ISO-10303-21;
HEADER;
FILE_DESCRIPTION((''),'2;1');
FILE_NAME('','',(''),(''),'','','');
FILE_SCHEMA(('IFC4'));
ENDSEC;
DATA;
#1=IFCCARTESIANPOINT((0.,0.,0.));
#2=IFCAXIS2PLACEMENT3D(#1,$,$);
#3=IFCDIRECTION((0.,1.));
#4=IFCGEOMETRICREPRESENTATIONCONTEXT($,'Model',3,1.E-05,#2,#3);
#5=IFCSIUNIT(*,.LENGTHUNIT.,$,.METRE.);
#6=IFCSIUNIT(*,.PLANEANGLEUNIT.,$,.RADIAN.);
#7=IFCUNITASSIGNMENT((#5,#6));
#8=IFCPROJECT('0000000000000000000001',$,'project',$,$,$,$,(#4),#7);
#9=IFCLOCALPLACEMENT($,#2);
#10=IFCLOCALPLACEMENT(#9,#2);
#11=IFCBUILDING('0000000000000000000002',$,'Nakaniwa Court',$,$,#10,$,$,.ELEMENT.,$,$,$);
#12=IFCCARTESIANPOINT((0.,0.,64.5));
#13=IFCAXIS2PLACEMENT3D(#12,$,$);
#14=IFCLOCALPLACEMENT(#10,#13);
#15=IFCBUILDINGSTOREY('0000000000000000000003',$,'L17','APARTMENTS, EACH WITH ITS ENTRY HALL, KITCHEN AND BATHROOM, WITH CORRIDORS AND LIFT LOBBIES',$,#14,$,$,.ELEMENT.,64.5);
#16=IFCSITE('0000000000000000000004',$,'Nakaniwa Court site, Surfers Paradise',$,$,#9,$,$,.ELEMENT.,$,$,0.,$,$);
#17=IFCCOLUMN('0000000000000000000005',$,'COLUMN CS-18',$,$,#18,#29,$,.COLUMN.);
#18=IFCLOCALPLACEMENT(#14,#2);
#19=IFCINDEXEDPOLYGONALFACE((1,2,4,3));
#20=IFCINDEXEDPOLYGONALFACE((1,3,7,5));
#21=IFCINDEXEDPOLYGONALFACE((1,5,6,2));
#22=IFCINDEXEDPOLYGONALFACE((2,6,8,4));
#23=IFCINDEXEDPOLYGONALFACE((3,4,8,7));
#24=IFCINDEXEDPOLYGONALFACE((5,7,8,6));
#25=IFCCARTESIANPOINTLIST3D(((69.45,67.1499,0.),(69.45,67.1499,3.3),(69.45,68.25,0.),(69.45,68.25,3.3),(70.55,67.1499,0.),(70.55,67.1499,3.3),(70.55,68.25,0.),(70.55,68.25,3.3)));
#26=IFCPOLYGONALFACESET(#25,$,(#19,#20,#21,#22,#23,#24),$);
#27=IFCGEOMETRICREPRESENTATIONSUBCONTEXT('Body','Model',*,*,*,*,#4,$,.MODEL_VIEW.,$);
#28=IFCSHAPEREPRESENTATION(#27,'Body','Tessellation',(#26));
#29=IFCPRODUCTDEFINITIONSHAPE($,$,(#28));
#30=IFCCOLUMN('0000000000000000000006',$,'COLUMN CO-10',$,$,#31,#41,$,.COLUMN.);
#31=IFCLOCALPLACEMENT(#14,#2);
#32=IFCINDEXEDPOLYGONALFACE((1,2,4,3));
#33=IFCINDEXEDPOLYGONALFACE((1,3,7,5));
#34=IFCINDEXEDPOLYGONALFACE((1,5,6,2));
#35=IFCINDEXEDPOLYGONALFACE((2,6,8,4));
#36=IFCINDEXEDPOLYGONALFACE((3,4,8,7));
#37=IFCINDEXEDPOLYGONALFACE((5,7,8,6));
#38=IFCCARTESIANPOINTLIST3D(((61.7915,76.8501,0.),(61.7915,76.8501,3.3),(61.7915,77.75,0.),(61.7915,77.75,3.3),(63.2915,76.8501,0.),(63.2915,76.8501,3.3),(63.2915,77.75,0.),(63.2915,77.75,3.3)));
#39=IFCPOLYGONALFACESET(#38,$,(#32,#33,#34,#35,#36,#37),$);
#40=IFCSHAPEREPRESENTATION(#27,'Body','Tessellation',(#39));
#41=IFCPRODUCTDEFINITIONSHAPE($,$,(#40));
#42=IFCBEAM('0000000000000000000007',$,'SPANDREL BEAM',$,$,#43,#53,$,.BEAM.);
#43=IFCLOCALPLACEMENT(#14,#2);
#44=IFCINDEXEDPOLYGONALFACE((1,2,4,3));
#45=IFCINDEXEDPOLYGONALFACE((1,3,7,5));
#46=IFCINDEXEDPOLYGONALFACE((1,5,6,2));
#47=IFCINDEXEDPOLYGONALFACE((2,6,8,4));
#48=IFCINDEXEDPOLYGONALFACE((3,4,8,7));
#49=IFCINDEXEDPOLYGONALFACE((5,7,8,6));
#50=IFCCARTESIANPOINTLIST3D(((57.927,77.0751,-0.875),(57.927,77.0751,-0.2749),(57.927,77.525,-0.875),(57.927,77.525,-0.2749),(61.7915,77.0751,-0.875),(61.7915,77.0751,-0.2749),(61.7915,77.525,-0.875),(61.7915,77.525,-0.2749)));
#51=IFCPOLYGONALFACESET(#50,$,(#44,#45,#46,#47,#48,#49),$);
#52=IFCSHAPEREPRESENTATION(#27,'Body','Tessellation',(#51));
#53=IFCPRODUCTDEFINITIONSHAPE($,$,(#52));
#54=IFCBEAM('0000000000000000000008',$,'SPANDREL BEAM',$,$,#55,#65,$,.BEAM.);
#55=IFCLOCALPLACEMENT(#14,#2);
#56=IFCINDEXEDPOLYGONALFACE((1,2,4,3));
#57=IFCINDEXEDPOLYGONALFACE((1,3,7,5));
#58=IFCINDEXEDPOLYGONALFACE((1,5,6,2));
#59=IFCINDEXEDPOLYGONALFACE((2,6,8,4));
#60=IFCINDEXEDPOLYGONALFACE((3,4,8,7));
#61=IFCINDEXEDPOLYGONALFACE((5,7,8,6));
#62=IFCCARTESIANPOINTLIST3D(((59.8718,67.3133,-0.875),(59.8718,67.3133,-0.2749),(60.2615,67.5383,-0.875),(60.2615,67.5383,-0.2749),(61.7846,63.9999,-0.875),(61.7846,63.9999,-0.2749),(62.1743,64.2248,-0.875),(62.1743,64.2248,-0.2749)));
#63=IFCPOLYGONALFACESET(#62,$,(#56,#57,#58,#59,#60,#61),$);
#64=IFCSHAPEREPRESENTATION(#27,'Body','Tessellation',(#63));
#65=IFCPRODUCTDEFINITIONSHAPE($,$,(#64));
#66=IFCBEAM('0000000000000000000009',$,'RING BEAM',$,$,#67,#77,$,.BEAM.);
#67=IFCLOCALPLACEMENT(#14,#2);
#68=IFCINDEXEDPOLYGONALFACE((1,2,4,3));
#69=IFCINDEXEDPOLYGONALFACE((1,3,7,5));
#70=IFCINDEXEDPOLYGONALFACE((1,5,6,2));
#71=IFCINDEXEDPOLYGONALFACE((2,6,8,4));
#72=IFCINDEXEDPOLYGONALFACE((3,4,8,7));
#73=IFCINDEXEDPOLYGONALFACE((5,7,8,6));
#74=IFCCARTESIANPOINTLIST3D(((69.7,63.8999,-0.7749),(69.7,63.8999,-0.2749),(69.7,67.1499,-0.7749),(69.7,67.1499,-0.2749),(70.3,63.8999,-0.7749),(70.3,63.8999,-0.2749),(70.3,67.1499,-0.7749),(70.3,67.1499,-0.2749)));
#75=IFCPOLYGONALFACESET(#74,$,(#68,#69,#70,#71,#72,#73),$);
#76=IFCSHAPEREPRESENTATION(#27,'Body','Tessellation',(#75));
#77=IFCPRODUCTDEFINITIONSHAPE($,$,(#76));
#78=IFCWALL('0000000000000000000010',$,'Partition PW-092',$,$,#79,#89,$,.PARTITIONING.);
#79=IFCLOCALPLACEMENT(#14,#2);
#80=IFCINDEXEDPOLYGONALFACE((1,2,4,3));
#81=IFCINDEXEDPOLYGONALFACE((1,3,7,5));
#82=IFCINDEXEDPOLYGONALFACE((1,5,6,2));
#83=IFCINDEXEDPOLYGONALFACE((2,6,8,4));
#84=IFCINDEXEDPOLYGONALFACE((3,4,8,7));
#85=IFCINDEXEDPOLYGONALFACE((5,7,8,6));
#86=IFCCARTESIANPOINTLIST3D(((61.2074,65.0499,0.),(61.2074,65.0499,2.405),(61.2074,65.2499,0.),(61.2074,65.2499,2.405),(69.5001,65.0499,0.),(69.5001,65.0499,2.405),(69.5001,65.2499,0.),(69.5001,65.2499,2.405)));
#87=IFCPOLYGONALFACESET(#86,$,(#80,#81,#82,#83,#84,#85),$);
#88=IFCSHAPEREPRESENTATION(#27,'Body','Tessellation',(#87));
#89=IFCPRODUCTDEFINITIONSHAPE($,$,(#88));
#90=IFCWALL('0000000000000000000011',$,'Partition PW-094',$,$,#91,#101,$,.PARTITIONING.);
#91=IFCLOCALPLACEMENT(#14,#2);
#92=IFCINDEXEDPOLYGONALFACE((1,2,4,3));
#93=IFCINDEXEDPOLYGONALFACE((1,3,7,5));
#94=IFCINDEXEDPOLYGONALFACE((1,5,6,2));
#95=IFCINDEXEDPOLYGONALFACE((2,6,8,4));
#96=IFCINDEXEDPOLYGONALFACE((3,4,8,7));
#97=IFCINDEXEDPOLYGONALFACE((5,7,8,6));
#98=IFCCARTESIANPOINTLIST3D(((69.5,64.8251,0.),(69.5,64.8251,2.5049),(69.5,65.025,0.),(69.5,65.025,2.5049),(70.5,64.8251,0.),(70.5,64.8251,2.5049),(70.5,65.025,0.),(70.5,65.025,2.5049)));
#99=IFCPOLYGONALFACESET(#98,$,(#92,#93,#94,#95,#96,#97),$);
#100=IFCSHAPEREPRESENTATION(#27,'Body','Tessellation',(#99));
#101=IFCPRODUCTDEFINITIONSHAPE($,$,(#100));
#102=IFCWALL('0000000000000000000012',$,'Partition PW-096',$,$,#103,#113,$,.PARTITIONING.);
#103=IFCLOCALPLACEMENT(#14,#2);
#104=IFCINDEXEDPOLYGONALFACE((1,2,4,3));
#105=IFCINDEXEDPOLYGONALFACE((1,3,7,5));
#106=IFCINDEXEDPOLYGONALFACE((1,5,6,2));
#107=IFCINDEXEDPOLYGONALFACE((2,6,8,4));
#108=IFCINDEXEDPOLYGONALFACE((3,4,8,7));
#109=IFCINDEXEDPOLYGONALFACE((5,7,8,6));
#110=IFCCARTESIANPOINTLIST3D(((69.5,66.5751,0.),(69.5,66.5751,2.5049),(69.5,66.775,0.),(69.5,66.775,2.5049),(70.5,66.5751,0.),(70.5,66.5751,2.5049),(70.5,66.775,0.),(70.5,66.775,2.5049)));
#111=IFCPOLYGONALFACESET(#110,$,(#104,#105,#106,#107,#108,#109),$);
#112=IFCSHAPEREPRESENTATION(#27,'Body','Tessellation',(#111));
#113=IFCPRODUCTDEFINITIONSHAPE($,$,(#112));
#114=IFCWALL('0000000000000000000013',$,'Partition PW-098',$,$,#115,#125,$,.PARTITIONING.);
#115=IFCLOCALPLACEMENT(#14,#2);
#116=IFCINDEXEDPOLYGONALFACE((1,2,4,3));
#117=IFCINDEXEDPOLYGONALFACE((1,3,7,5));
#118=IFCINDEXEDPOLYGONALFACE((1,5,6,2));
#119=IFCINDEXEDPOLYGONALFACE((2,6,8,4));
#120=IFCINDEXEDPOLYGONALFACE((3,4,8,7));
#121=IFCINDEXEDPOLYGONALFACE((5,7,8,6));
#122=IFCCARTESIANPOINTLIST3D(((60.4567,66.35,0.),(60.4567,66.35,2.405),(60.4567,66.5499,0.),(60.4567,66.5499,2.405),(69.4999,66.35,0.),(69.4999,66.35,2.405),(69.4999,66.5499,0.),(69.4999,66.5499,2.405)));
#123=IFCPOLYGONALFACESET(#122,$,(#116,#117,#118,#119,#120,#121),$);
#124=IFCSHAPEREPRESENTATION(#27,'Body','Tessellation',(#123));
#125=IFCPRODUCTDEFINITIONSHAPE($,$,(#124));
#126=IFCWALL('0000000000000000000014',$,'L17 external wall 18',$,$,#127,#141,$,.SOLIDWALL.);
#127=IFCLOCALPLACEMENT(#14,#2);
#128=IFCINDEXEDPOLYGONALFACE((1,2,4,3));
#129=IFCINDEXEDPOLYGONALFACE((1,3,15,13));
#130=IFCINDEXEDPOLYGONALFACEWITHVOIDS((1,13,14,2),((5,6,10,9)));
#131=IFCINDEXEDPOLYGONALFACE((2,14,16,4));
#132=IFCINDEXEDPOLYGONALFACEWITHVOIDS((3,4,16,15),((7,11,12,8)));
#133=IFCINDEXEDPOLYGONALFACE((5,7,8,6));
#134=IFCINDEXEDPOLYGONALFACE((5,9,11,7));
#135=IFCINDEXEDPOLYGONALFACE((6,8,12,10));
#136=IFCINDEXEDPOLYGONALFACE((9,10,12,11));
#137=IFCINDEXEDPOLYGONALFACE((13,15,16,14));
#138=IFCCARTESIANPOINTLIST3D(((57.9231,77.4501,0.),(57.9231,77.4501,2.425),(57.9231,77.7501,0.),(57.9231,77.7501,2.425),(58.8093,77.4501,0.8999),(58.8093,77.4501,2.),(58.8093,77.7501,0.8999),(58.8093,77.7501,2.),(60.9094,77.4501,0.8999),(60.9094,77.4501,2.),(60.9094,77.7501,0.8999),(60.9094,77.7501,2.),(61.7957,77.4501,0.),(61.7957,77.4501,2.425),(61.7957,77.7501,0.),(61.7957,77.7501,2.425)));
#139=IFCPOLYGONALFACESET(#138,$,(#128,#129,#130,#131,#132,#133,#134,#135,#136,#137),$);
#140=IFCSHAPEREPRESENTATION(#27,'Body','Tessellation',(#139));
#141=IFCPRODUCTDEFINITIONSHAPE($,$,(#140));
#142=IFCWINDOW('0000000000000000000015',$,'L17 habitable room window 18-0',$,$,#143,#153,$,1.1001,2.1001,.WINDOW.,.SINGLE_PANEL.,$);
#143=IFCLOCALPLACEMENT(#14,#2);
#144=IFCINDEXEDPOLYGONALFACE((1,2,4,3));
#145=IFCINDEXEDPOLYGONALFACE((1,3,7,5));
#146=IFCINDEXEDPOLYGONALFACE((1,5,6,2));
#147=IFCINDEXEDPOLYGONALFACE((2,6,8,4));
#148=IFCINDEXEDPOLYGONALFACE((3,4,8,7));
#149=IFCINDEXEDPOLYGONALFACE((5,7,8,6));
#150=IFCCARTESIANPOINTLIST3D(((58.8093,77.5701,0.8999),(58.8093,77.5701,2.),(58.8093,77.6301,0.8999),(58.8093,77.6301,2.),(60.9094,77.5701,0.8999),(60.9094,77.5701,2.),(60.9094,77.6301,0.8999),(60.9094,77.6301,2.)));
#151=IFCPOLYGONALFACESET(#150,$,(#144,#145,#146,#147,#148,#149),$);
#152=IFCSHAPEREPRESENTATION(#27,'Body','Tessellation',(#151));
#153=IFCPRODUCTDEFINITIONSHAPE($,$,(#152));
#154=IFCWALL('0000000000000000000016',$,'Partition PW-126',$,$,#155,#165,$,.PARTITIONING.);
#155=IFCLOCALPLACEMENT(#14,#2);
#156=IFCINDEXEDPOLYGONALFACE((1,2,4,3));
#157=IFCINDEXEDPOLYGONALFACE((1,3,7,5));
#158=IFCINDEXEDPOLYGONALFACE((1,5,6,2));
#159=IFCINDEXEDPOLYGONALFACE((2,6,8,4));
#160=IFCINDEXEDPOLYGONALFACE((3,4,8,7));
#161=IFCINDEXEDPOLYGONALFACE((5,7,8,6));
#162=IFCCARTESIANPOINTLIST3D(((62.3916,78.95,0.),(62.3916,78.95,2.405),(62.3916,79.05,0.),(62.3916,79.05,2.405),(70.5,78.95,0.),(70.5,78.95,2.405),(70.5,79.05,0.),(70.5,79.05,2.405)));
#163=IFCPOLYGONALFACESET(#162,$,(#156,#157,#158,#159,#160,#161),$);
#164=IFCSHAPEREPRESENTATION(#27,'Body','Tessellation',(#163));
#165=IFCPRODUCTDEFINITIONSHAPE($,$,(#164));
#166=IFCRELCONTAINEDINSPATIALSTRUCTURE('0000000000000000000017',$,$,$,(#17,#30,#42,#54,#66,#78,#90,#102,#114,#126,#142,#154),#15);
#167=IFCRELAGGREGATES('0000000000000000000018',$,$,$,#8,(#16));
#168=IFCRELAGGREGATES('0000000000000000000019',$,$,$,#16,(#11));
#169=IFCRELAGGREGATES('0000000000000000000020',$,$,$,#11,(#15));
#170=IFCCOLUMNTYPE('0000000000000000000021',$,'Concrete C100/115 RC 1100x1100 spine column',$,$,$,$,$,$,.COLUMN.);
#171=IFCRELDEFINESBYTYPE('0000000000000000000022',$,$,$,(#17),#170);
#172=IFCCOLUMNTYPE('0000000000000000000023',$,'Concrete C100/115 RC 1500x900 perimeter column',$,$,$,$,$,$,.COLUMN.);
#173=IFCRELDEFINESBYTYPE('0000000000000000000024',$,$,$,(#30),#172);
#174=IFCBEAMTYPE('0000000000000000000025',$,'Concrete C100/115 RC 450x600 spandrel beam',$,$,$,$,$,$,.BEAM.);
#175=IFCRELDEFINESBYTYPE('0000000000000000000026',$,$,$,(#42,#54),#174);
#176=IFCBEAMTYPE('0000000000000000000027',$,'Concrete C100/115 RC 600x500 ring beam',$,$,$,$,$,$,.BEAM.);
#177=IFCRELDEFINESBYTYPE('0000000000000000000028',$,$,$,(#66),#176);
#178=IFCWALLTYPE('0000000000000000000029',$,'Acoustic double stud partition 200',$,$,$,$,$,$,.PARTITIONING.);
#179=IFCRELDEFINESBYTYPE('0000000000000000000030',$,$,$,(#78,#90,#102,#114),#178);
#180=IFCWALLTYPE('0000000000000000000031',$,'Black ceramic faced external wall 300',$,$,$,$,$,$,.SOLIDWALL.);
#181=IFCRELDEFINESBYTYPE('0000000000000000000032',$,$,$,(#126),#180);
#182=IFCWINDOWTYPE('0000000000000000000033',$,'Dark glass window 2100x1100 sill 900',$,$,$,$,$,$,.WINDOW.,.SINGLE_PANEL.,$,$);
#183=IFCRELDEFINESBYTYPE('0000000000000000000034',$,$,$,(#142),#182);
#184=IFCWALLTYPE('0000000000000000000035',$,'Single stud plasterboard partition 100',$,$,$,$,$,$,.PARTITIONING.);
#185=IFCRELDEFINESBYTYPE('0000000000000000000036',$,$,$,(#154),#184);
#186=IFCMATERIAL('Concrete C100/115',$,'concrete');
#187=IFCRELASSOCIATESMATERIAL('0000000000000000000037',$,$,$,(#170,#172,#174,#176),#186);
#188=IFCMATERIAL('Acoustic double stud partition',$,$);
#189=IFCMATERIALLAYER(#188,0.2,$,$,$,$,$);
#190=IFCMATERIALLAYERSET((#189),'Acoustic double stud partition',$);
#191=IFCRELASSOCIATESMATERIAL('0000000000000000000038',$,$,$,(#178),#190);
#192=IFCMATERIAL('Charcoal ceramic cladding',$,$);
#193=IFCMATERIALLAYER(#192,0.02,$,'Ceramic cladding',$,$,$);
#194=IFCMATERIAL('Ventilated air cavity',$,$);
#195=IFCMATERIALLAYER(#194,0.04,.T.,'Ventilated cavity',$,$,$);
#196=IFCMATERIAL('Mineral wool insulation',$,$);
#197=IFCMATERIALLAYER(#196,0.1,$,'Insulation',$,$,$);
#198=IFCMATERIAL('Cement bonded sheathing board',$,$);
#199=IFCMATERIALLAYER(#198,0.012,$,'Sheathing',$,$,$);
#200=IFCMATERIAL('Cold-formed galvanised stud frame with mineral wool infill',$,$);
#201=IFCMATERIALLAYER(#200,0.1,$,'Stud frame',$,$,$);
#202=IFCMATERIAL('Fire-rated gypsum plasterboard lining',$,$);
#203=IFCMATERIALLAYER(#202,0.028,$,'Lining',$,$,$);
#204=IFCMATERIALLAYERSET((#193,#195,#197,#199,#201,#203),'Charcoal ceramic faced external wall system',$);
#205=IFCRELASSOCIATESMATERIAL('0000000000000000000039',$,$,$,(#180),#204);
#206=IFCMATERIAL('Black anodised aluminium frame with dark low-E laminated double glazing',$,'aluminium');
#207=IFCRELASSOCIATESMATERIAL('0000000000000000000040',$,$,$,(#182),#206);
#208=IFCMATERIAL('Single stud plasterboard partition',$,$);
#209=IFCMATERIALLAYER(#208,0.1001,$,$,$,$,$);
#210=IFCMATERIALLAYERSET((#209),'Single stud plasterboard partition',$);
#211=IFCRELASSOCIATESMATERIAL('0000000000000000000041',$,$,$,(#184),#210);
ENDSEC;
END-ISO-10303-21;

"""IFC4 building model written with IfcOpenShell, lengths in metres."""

from ifc_helpers import new_model, si_unit, direction, frame, frame_2d, origin, origin_2d, place, context, subcontext, project, spatial, rectangle, extrude, material, layer, layer_set, material_profile, profile_set, type_object, element, fill, save


model = new_model("IFC4")

# Units and contexts
model_context = context("Model", 3, precision=1e-05, world=origin(), true_north=direction((0.0, 1.0)))
body_context = subcontext(model_context, "Body", "Model", "MODEL_VIEW")
ifc_project = project(units=[si_unit("LENGTHUNIT", "METRE"), si_unit("PLANEANGLEUNIT", "RADIAN")], contexts=[model_context])

# Site, building, storey
site_placement = place(None, origin())
site = spatial("IfcSite", under=ifc_project, at=site_placement, Name="Nakaniwa Court site, Surfers Paradise", CompositionType="ELEMENT", RefElevation=0.0)
building_placement = place(site_placement, origin())
building = spatial("IfcBuilding", under=site, at=building_placement, Name="Nakaniwa Court", CompositionType="ELEMENT")
storey_placement = place(building_placement, frame((0.0, 0.0, 64.5)))
storey = spatial("IfcBuildingStorey", under=building, at=storey_placement, Name="L17", Description="APARTMENTS, EACH WITH ITS ENTRY HALL, KITCHEN AND BATHROOM, WITH CORRIDORS AND LIFT LOBBIES", CompositionType="ELEMENT", Elevation=64.5)

# Columns
ifc_material_1 = material(Name="Concrete C100/115", Category="concrete")
ifc_material_profile_1 = material_profile(ifc_material_1, rectangle(XDim=1.1001, YDim=1.1001, at=origin_2d()), Name="Concrete C100/115 RC 1100x1100 spine column")
ifc_profile_set_1 = profile_set([ifc_material_profile_1], Name="Concrete C100/115")
column_type_1 = type_object("IfcColumnType", Name="Concrete C100/115 RC 1100x1100 spine column", PredefinedType="COLUMN", material=ifc_profile_set_1)
column_1_placement = place(storey_placement, frame((70.0, 67.7, 0.0), z_axis=(0.0, 0.0, 1.0), x_axis=(0.0, -1.0, 0.0)))
element("IfcColumn", 1, at=column_1_placement, inside=storey, type_object=column_type_1, Name="COLUMN CS-18", PredefinedType="COLUMN", context=body_context, shape_type="SweptSolid", body=[
    extrude(rectangle(XDim=1.1001, YDim=1.1001, at=origin_2d()), origin(), (0.0, 0.0, 1.0), 3.3),
])
ifc_material_profile_2 = material_profile(ifc_material_1, rectangle(XDim=1.5, YDim=0.8999, at=origin_2d()), Name="Concrete C100/115 RC 1500x900 perimeter column")
ifc_profile_set_2 = profile_set([ifc_material_profile_2], Name="Concrete C100/115")
column_type_2 = type_object("IfcColumnType", Name="Concrete C100/115 RC 1500x900 perimeter column", PredefinedType="COLUMN", material=ifc_profile_set_2)
column_2_placement = place(storey_placement, frame((62.5415, 77.3, 0.0), z_axis=(0.0, 0.0, 1.0), x_axis=(-1.0, 0.0, 0.0)))
element("IfcColumn", 2, at=column_2_placement, inside=storey, type_object=column_type_2, Name="COLUMN CO-10", PredefinedType="COLUMN", context=body_context, shape_type="SweptSolid", body=[
    extrude(rectangle(XDim=1.5, YDim=0.8999, at=origin_2d()), origin(), (0.0, 0.0, 1.0), 3.3),
])

# Beams
ifc_material_profile_3 = material_profile(ifc_material_1, rectangle(XDim=0.45, YDim=0.6001, at=origin_2d()), Name="Concrete C100/115 RC 450x600 spandrel beam")
ifc_profile_set_3 = profile_set([ifc_material_profile_3], Name="Concrete C100/115")
beam_type_1 = type_object("IfcBeamType", Name="Concrete C100/115 RC 450x600 spandrel beam", PredefinedType="BEAM", material=ifc_profile_set_3)
beam_1_placement = place(storey_placement, frame((61.7915, 77.3, -0.575), z_axis=(-1.0, 0.0, 0.0), x_axis=(0.0, -1.0, 0.0)))
element("IfcBeam", 3, at=beam_1_placement, inside=storey, type_object=beam_type_1, Name="SPANDREL BEAM", PredefinedType="BEAM", context=body_context, shape_type="SweptSolid", body=[
    extrude(rectangle(XDim=0.45, YDim=0.6001, at=origin_2d()), origin(), (0.0, 0.0, 1.0), 3.8645),
])
beam_2_placement = place(storey_placement, frame((60.0667, 67.4258, -0.575), z_axis=(0.499962, -0.866047, 0.0), x_axis=(0.866047, 0.499962, 0.0)))
element("IfcBeam", 4, at=beam_2_placement, inside=storey, type_object=beam_type_1, Name="SPANDREL BEAM", PredefinedType="BEAM", context=body_context, shape_type="SweptSolid", body=[
    extrude(rectangle(XDim=0.45, YDim=0.6001, at=origin_2d()), origin(), (0.0, 0.0, 1.0), 3.8259),
])
ifc_material_profile_4 = material_profile(ifc_material_1, rectangle(XDim=0.6001, YDim=0.5, at=origin_2d()), Name="Concrete C100/115 RC 600x500 ring beam")
ifc_profile_set_4 = profile_set([ifc_material_profile_4], Name="Concrete C100/115")
beam_type_2 = type_object("IfcBeamType", Name="Concrete C100/115 RC 600x500 ring beam", PredefinedType="BEAM", material=ifc_profile_set_4)
beam_3_placement = place(storey_placement, frame((70.0, 67.1499, -0.5249), z_axis=(0.0, -1.0, 0.0), x_axis=(1.0, 0.0, 0.0)))
element("IfcBeam", 5, at=beam_3_placement, inside=storey, type_object=beam_type_2, Name="RING BEAM", PredefinedType="BEAM", context=body_context, shape_type="SweptSolid", body=[
    extrude(rectangle(XDim=0.6001, YDim=0.5, at=origin_2d()), origin(), (0.0, 0.0, 1.0), 3.25),
])

# Walls
ifc_material_2 = material(Name="Acoustic double stud partition")
ifc_layer_1 = layer(ifc_material_2, 0.2)
ifc_layer_set_1 = layer_set([ifc_layer_1], Name="Acoustic double stud partition")
wall_type_1 = type_object("IfcWallType", Name="Acoustic double stud partition 200", PredefinedType="PARTITIONING", material=ifc_layer_set_1)
wall_1_placement = place(storey_placement, frame((61.2073, 65.1499, 0.0), z_axis=(0.0, 0.0, 1.0), x_axis=(1.0, 0.0, 0.0)))
element("IfcWall", 6, at=wall_1_placement, inside=storey, type_object=wall_type_1, Name="Partition PW-092", PredefinedType="PARTITIONING", context=body_context, shape_type="SweptSolid", body=[
    extrude(rectangle(XDim=8.2927, YDim=0.2, at=frame_2d((4.1465, 0.0))), origin(), (0.0, 0.0, 1.0), 2.405),
])
for number, where, z_axis, x_axis, name in (
    (7, (69.5, 64.925, 0.0), (0.0, 0.0, 1.0), (1.0, 0.0, 0.0), "Partition PW-094"),
    (8, (69.5, 66.675, 0.0), (0.0, 0.0, 1.0), (1.0, 0.0, 0.0), "Partition PW-096"),
):
    element("IfcWall", number, at=place(storey_placement, frame(where, z_axis=z_axis, x_axis=x_axis)), inside=storey, type_object=wall_type_1, Name=name, PredefinedType="PARTITIONING", context=body_context, shape_type="SweptSolid", body=[
        extrude(rectangle(XDim=1.0, YDim=0.2, at=frame_2d((0.5, 0.0))), origin(), (0.0, 0.0, 1.0), 2.5049),
    ])
wall_2_placement = place(storey_placement, frame((60.4568, 66.45, 0.0), z_axis=(0.0, 0.0, 1.0), x_axis=(1.0, 0.0, 0.0)))
element("IfcWall", 9, at=wall_2_placement, inside=storey, type_object=wall_type_1, Name="Partition PW-098", PredefinedType="PARTITIONING", context=body_context, shape_type="SweptSolid", body=[
    extrude(rectangle(XDim=9.0432, YDim=0.2, at=frame_2d((4.5215, 0.0))), origin(), (0.0, 0.0, 1.0), 2.405),
])

# Wall, opening, window
ifc_material_3 = material(Name="Charcoal ceramic cladding")
ifc_layer_2 = layer(ifc_material_3, 0.02, Name="Ceramic cladding")
ifc_material_4 = material(Name="Ventilated air cavity")
ifc_layer_3 = layer(ifc_material_4, 0.04, ventilated=True, Name="Ventilated cavity")
ifc_material_5 = material(Name="Mineral wool insulation")
ifc_layer_4 = layer(ifc_material_5, 0.1, Name="Insulation")
ifc_material_6 = material(Name="Cement bonded sheathing board")
ifc_layer_5 = layer(ifc_material_6, 0.012, Name="Sheathing")
ifc_material_7 = material(Name="Cold-formed galvanised stud frame with mineral wool infill")
ifc_layer_6 = layer(ifc_material_7, 0.1, Name="Stud frame")
ifc_material_8 = material(Name="Fire-rated gypsum plasterboard lining")
ifc_layer_7 = layer(ifc_material_8, 0.028, Name="Lining")
ifc_layer_set_2 = layer_set([ifc_layer_2, ifc_layer_3, ifc_layer_4, ifc_layer_5, ifc_layer_6, ifc_layer_7], Name="Charcoal ceramic faced external wall system")
wall_type_2 = type_object("IfcWallType", Name="Black ceramic faced external wall 300", PredefinedType="SOLIDWALL", material=ifc_layer_set_2)
wall_3_placement = place(storey_placement, frame((61.7957, 77.6001, 0.0), z_axis=(0.0, 0.0, 1.0), x_axis=(-1.0, 0.0, 0.0)))
wall_3 = element("IfcWall", 10, at=wall_3_placement, inside=storey, type_object=wall_type_2, Name="L17 external wall 18", PredefinedType="SOLIDWALL", context=body_context, shape_type="SweptSolid", body=[
    extrude(rectangle(XDim=3.8726, YDim=0.3, at=frame_2d((1.9363, 0.0))), origin(), (0.0, 0.0, 1.0), 2.425),
])
opening_1_placement = place(wall_3_placement, frame((0.8862, 0.0, 0.8999)))
opening_1 = element("IfcOpeningElement", 11, at=opening_1_placement, cuts=wall_3, PredefinedType="OPENING", context=body_context, shape_type="SweptSolid", body=[
    extrude(rectangle(XDim=2.1001, YDim=1.1001, at=frame_2d((1.05, 0.55))), frame((0.0, 0.1599, 0.0), z_axis=(0.0, -1.0, 0.0), x_axis=(1.0, 0.0, 0.0)), (0.0, 0.0, 1.0), 0.3201),
])
ifc_material_9 = material(Name="Black anodised aluminium frame with dark low-E laminated double glazing", Category="aluminium")
window_type = type_object("IfcWindowType", Name="Dark glass window 2100x1100 sill 900", PartitioningType="SINGLE_PANEL", PredefinedType="WINDOW", material=ifc_material_9)
window_placement = place(opening_1_placement, origin())
window = element("IfcWindow", 12, at=window_placement, inside=storey, type_object=window_type, Name="L17 habitable room window 18-0", OverallHeight=1.1001, OverallWidth=2.1001, PartitioningType="SINGLE_PANEL", PredefinedType="WINDOW", context=body_context, shape_type="SweptSolid", body=[
    extrude(rectangle(XDim=2.1001, YDim=1.1001, at=frame_2d((1.05, 0.55))), frame((0.0, 0.03, 0.0), z_axis=(0.0, -1.0, 0.0), x_axis=(1.0, 0.0, 0.0)), (0.0, 0.0, 1.0), 0.0601),
])
fill(opening_1, window)

# Wall
ifc_material_10 = material(Name="Single stud plasterboard partition")
ifc_layer_8 = layer(ifc_material_10, 0.1001)
ifc_layer_set_3 = layer_set([ifc_layer_8], Name="Single stud plasterboard partition")
wall_type_3 = type_object("IfcWallType", Name="Single stud plasterboard partition 100", PredefinedType="PARTITIONING", material=ifc_layer_set_3)
wall_4_placement = place(storey_placement, frame((62.3916, 79.0, 0.0), z_axis=(0.0, 0.0, 1.0), x_axis=(1.0, 0.0, 0.0)))
element("IfcWall", 13, at=wall_4_placement, inside=storey, type_object=wall_type_3, Name="Partition PW-126", PredefinedType="PARTITIONING", context=body_context, shape_type="SweptSolid", body=[
    extrude(rectangle(XDim=8.1084, YDim=0.1001, at=frame_2d((4.0542, 0.0))), origin(), (0.0, 0.0, 1.0), 2.405),
])

save(model, "model.ifc")
